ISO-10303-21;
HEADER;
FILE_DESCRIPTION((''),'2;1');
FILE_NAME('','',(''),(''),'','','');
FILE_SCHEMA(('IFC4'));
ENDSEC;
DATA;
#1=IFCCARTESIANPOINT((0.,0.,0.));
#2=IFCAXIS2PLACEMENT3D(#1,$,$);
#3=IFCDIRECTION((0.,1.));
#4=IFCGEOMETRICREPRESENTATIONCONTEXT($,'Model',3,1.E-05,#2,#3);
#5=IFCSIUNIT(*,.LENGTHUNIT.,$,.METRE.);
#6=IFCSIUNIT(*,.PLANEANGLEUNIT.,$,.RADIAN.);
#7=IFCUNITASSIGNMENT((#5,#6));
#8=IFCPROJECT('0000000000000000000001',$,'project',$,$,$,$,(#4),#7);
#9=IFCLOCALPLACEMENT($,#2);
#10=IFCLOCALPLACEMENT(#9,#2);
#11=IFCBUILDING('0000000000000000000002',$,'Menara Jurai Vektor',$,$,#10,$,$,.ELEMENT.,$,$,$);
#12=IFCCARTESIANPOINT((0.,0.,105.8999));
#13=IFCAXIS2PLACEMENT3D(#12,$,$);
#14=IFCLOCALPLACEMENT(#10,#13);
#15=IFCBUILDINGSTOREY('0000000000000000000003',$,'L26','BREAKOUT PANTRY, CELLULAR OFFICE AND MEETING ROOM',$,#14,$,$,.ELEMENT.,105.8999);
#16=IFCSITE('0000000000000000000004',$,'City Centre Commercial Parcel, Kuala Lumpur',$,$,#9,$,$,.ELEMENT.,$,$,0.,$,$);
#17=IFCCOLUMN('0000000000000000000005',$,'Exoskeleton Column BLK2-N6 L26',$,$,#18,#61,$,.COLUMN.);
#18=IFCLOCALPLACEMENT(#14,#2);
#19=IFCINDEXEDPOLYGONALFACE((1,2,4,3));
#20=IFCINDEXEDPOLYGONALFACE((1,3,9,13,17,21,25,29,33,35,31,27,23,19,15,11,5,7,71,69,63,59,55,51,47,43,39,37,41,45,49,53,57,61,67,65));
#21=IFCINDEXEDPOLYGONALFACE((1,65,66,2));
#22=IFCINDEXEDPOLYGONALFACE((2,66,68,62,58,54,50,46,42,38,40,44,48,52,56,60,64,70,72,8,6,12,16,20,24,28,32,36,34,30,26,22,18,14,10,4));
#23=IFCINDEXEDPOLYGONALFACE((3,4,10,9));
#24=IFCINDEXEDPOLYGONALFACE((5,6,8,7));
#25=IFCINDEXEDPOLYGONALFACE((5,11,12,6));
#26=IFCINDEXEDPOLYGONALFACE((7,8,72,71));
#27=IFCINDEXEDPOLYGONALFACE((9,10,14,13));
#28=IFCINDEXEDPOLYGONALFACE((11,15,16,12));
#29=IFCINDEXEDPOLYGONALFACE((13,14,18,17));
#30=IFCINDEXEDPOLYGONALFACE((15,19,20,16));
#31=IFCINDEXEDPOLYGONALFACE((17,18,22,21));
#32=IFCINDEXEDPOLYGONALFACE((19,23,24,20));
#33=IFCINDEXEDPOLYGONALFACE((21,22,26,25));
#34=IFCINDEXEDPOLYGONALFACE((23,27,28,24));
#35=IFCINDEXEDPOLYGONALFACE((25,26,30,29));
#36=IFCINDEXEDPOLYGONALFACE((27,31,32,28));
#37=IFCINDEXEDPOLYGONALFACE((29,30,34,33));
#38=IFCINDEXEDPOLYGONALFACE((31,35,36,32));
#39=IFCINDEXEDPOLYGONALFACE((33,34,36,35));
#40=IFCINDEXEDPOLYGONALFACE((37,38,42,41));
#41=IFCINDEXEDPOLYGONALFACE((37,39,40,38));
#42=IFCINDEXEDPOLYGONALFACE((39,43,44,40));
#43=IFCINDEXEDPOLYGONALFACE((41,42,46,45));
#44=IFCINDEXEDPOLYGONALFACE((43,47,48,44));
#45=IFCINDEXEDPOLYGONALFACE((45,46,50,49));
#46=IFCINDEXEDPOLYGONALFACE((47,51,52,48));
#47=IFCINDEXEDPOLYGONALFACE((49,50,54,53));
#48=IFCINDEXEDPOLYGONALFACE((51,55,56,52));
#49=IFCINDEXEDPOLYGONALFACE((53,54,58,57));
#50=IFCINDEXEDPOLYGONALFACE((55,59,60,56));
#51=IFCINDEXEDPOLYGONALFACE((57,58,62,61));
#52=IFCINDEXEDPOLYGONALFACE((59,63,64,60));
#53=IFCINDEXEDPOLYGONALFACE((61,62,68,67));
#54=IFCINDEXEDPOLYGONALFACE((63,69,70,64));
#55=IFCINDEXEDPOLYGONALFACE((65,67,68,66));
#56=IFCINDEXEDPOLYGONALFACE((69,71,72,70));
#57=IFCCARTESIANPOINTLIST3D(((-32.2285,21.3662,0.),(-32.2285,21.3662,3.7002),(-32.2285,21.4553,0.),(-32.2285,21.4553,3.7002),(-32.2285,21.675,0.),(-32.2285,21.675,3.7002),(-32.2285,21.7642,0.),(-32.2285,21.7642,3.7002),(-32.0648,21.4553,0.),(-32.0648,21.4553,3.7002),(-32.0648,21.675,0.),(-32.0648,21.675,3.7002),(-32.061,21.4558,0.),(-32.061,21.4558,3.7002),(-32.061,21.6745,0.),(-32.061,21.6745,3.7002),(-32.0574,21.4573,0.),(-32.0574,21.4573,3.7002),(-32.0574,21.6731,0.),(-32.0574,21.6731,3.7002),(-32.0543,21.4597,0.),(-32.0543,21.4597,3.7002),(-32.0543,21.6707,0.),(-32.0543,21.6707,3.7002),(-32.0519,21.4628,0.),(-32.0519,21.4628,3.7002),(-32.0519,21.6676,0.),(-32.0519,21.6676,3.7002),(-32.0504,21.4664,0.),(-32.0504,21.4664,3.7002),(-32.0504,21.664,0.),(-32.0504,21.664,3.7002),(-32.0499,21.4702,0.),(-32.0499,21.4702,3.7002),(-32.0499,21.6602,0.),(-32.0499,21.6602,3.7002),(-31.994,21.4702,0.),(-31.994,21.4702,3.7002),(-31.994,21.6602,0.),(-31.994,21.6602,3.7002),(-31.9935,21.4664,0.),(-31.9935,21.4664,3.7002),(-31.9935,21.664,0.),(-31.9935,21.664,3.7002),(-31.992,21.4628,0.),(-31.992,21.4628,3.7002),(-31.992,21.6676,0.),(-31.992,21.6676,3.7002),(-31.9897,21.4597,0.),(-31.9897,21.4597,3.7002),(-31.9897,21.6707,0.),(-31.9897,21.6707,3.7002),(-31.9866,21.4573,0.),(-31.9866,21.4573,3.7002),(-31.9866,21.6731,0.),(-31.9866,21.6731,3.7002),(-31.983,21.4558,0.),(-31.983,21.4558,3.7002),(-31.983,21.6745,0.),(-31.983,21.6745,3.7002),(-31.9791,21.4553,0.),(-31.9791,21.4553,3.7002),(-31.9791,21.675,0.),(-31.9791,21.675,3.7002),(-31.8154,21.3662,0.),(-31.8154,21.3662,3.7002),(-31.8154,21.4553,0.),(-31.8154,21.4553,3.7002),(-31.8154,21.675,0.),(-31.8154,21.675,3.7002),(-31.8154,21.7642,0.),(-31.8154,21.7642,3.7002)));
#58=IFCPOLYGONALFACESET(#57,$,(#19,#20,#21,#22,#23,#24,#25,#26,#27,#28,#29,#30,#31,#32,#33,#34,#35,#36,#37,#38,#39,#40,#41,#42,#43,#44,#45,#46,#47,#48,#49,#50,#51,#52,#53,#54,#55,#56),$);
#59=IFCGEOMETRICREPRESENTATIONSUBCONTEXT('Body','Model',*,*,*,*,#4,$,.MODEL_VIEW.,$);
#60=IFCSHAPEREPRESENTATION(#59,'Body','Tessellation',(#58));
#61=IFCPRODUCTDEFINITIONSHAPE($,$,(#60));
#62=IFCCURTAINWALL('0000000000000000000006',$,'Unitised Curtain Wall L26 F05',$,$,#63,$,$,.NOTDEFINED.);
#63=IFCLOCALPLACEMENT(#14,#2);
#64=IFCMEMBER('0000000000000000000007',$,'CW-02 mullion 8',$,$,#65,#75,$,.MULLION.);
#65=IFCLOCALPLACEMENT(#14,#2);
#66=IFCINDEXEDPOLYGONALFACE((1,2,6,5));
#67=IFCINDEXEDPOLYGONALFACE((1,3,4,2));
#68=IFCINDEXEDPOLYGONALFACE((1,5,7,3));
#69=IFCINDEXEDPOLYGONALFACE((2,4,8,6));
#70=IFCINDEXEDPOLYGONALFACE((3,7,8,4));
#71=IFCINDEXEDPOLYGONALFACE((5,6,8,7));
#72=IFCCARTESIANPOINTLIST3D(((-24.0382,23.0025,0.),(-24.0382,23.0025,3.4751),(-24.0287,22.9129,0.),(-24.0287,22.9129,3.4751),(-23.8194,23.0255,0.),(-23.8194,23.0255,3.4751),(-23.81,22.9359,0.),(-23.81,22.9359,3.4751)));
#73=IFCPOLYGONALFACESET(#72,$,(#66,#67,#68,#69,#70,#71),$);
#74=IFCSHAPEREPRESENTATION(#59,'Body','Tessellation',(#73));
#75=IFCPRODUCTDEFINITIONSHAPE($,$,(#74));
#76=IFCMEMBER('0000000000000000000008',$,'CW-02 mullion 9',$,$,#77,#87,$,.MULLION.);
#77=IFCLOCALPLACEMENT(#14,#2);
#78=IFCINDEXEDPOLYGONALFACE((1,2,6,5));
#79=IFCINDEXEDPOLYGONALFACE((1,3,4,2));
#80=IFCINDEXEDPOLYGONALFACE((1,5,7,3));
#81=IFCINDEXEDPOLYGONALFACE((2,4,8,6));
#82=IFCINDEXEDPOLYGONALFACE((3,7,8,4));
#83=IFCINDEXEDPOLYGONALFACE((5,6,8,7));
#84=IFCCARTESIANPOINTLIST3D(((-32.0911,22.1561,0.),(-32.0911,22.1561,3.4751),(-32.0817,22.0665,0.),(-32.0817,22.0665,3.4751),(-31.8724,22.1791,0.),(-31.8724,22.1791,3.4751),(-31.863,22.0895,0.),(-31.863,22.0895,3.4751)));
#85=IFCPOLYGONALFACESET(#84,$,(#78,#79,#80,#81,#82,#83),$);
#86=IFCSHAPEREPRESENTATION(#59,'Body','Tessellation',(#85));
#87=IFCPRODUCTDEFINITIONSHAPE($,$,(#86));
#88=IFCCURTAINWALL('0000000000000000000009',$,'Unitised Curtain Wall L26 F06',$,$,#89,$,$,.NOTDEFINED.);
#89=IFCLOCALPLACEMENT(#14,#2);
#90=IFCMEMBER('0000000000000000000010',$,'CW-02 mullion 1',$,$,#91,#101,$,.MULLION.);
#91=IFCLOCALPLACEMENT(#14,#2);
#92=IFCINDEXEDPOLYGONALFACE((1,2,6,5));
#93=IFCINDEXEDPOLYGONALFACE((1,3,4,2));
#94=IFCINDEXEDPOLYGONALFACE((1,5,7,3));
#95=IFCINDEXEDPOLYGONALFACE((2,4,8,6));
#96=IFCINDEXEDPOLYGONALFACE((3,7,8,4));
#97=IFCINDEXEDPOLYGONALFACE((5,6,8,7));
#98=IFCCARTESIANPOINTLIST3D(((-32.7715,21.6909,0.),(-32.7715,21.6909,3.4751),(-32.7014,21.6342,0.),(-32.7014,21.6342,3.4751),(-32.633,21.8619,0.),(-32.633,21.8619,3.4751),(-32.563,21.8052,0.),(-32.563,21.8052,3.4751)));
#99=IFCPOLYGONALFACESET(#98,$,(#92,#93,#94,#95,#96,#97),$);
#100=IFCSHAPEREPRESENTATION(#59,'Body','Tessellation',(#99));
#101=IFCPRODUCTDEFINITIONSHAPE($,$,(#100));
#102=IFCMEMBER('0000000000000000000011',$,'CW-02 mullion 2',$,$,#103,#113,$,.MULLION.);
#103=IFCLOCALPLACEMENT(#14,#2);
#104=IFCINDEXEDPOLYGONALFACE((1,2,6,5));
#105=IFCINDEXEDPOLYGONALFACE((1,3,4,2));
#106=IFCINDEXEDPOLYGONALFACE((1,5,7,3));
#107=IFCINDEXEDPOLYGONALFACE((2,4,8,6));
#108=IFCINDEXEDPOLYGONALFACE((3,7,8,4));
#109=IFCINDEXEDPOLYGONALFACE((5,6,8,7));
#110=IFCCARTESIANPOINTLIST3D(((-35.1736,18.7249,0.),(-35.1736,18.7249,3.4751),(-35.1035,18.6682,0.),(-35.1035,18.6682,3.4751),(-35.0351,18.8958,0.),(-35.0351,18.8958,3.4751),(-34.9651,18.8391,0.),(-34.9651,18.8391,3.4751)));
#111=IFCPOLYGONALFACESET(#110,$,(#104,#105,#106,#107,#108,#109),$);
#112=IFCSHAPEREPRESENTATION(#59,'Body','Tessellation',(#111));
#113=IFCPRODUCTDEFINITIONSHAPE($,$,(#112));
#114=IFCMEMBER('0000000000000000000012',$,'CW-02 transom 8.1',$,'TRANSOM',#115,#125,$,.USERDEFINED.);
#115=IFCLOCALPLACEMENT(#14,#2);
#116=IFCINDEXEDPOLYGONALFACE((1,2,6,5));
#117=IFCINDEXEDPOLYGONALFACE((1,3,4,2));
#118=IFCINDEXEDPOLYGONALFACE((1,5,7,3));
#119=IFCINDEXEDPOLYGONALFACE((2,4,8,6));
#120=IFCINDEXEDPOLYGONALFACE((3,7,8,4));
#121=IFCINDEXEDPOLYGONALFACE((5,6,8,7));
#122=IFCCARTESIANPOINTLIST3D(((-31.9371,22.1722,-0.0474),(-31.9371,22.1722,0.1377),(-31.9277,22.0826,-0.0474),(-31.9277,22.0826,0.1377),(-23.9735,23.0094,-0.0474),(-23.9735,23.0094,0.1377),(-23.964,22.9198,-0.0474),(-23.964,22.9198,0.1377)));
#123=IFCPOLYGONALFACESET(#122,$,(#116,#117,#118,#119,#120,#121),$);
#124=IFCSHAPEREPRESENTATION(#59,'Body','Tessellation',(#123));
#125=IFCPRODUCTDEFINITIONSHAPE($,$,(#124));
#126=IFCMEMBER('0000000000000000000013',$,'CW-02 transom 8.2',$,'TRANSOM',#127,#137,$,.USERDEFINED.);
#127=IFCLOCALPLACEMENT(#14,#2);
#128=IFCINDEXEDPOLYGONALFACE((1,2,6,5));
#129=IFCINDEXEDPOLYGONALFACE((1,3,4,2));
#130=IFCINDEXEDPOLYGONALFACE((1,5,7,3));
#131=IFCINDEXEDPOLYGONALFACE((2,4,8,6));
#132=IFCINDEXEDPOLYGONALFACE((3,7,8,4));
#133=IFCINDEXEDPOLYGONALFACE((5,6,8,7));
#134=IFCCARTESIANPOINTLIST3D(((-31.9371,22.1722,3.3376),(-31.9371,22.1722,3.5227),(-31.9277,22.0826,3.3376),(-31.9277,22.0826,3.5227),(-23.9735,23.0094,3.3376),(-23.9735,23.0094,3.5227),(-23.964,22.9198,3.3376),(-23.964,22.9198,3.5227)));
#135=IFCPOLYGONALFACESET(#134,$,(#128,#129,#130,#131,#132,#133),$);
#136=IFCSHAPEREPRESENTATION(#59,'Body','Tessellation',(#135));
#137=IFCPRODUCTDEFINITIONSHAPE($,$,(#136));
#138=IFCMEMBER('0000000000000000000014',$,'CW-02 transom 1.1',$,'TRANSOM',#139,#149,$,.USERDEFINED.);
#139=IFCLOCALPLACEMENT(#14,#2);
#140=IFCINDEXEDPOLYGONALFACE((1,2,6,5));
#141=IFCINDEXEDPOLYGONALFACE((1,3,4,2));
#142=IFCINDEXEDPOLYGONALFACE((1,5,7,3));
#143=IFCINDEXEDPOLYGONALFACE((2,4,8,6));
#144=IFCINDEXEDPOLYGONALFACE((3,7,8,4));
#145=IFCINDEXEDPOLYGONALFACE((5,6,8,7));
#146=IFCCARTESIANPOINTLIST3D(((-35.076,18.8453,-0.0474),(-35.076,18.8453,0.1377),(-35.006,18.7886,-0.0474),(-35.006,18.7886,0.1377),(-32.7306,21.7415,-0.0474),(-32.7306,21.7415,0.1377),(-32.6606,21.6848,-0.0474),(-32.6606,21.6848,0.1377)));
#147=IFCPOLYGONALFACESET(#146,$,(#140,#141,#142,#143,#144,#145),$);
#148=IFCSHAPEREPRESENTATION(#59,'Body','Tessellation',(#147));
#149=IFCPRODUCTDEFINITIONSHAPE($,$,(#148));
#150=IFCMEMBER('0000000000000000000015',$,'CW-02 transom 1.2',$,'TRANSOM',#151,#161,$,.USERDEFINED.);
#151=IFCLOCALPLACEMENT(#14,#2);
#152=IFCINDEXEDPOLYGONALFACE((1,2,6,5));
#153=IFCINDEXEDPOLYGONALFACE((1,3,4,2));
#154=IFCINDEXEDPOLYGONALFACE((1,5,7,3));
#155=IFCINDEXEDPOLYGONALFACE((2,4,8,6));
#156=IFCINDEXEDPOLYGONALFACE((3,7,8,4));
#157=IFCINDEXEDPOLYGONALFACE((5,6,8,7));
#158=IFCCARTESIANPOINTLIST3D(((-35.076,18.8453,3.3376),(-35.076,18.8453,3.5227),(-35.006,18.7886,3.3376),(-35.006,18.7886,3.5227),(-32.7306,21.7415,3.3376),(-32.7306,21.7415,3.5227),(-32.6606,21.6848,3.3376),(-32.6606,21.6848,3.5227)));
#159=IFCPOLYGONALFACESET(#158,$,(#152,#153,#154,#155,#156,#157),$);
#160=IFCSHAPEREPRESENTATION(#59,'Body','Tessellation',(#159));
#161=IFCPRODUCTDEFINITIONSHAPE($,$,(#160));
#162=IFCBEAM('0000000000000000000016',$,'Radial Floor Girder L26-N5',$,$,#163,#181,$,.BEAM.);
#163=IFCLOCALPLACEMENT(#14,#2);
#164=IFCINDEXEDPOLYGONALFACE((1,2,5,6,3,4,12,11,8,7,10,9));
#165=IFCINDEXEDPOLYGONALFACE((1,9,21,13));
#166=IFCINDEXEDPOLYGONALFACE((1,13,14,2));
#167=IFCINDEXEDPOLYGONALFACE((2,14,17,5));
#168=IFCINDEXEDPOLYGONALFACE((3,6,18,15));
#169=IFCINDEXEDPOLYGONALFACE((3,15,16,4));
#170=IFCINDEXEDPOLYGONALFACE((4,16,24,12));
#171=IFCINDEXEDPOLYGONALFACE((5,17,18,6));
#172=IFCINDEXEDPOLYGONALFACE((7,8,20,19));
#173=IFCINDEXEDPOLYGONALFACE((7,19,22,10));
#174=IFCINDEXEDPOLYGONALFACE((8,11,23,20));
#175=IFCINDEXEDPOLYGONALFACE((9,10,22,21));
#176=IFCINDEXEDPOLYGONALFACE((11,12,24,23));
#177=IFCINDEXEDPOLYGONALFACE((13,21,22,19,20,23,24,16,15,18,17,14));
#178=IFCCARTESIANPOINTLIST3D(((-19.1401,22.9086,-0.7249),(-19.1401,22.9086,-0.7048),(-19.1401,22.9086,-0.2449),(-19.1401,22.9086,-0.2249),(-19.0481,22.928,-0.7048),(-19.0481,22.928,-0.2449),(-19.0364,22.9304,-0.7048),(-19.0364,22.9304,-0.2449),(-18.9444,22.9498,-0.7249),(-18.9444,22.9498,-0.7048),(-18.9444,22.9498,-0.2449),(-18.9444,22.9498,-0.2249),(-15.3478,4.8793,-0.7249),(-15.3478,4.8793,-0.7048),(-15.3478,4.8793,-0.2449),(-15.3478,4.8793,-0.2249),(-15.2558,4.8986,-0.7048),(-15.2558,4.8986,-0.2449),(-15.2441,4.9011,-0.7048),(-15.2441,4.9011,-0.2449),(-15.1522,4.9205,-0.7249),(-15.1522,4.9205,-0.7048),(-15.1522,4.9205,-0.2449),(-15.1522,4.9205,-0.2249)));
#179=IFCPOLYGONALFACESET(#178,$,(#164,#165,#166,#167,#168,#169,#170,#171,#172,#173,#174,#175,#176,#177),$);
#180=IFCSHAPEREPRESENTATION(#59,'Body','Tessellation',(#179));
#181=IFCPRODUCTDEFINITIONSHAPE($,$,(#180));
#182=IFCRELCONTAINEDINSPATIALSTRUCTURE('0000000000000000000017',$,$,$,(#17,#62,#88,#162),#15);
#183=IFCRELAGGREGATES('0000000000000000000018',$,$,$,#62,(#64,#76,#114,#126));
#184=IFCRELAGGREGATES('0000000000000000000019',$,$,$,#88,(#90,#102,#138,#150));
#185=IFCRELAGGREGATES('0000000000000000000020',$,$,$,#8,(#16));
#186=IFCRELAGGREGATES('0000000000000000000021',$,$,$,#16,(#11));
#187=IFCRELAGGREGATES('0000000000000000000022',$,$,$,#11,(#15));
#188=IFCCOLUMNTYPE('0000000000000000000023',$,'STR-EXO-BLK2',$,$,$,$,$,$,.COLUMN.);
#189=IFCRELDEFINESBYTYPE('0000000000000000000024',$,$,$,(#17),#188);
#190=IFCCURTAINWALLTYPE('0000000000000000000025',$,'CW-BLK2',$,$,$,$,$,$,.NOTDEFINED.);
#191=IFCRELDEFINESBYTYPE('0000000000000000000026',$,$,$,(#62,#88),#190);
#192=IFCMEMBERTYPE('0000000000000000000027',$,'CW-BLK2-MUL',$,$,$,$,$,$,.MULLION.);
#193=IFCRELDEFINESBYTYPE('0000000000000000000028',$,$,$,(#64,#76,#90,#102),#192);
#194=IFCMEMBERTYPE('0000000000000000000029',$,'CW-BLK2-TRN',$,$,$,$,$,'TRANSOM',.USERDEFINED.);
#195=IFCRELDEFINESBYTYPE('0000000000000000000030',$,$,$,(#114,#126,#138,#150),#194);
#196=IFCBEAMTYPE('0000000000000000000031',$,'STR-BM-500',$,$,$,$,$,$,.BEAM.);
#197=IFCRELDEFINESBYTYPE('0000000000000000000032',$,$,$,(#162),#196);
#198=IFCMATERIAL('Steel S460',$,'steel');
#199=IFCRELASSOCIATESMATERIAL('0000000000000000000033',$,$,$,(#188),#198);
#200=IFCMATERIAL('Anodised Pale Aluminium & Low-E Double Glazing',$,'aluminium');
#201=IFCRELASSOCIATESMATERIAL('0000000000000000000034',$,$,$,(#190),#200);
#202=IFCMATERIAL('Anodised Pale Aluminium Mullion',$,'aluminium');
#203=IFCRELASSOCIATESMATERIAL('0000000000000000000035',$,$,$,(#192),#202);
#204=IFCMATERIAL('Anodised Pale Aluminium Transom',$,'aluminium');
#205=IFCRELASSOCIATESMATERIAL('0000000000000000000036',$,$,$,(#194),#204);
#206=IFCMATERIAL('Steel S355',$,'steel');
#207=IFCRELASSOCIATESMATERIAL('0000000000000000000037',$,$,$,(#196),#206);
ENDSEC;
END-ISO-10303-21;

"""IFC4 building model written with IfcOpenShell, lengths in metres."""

from ifc_helpers import new_model, si_unit, direction, frame, origin, origin_2d, place, context, subcontext, project, spatial, rectangle, i_section, extrude, material, material_profile, profile_set, type_object, element, aggregate, save


model = new_model("IFC4")

# Units and contexts
model_context = context("Model", 3, precision=1e-05, world=origin(), true_north=direction((0.0, 1.0)))
body_context = subcontext(model_context, "Body", "Model", "MODEL_VIEW")
ifc_project = project(units=[si_unit("LENGTHUNIT", "METRE"), si_unit("PLANEANGLEUNIT", "RADIAN")], contexts=[model_context])

# Site, building, storey
site_placement = place(None, origin())
site = spatial("IfcSite", under=ifc_project, at=site_placement, Name="City Centre Commercial Parcel, Kuala Lumpur", CompositionType="ELEMENT", RefElevation=0.0)
building_placement = place(site_placement, origin())
building = spatial("IfcBuilding", under=site, at=building_placement, Name="Menara Jurai Vektor", CompositionType="ELEMENT")
storey_placement = place(building_placement, frame((0.0, 0.0, 105.8999)))
storey = spatial("IfcBuildingStorey", under=building, at=storey_placement, Name="L26", Description="BREAKOUT PANTRY, CELLULAR OFFICE AND MEETING ROOM", CompositionType="ELEMENT", Elevation=105.8999)

# Column
ifc_material_1 = material(Name="Steel S460", Category="steel")
ifc_material_profile_1 = material_profile(ifc_material_1, i_section(OverallWidth=0.4131, OverallDepth=0.3979, WebThickness=0.0559, FlangeThickness=0.0891, FilletRadius=0.0149, at=origin_2d()), Name="HD 400x744")
ifc_profile_set_1 = profile_set([ifc_material_profile_1], Name="Steel S460")
column_type = type_object("IfcColumnType", Name="STR-EXO-BLK2", PredefinedType="COLUMN", material=ifc_profile_set_1)
column_placement = place(storey_placement, frame((-32.022, 21.5652, 0.0), z_axis=(0.0, 0.0, 1.0), x_axis=(1.0, 0.0, 0.0)))
element("IfcColumn", 1, at=column_placement, inside=storey, type_object=column_type, Name="Exoskeleton Column BLK2-N6 L26", PredefinedType="COLUMN", context=body_context, shape_type="SweptSolid", body=[
    extrude(i_section(OverallWidth=0.4131, OverallDepth=0.3979, WebThickness=0.0559, FlangeThickness=0.0891, FilletRadius=0.0149, at=origin_2d()), origin(), (0.0, 0.0, 1.0), 3.7002),
])

# Curtain walls, members
ifc_material_2 = material(Name="Anodised Pale Aluminium & Low-E Double Glazing", Category="aluminium")
curtain_wall_type = type_object("IfcCurtainWallType", Name="CW-BLK2", PredefinedType="NOTDEFINED", material=ifc_material_2)
curtain_wall_1_placement = place(storey_placement, origin())
curtain_wall_1 = element("IfcCurtainWall", 2, at=curtain_wall_1_placement, inside=storey, type_object=curtain_wall_type, Name="Unitised Curtain Wall L26 F05", PredefinedType="NOTDEFINED")
ifc_material_3 = material(Name="Anodised Pale Aluminium Mullion", Category="aluminium")
ifc_material_profile_2 = material_profile(ifc_material_3, rectangle(XDim=0.0901, YDim=0.22, at=origin_2d()), Name="ALU MUL 90x220")
ifc_profile_set_2 = profile_set([ifc_material_profile_2], Name="Anodised Pale Aluminium Mullion")
member_type_1 = type_object("IfcMemberType", Name="CW-BLK2-MUL", PredefinedType="MULLION", material=ifc_profile_set_2)
member_1_placement = place(storey_placement, frame((-23.9241, 22.9692, 0.0), z_axis=(0.0, 0.0, 1.0), x_axis=(0.104529, -0.994522, 0.0)))
member_1 = element("IfcMember", 3, at=member_1_placement, type_object=member_type_1, Name="CW-02 mullion 8", PredefinedType="MULLION", context=body_context, shape_type="SweptSolid", body=[
    extrude(rectangle(XDim=0.0901, YDim=0.22, at=origin_2d()), origin(), (0.0, 0.0, 1.0), 3.4751),
])
member_2_placement = place(storey_placement, frame((-31.9771, 22.1228, 0.0), z_axis=(0.0, 0.0, 1.0), x_axis=(0.104529, -0.994522, 0.0)))
member_2 = element("IfcMember", 4, at=member_2_placement, type_object=member_type_1, Name="CW-02 mullion 9", PredefinedType="MULLION", context=body_context, shape_type="SweptSolid", body=[
    extrude(rectangle(XDim=0.0901, YDim=0.22, at=origin_2d()), origin(), (0.0, 0.0, 1.0), 3.4751),
])
curtain_wall_2_placement = place(storey_placement, origin())
curtain_wall_2 = element("IfcCurtainWall", 5, at=curtain_wall_2_placement, inside=storey, type_object=curtain_wall_type, Name="Unitised Curtain Wall L26 F06", PredefinedType="NOTDEFINED")
member_3_placement = place(storey_placement, frame((-32.6672, 21.748, 0.0), z_axis=(0.0, 0.0, 1.0), x_axis=(0.777129, -0.629341, 0.0)))
member_3 = element("IfcMember", 6, at=member_3_placement, type_object=member_type_1, Name="CW-02 mullion 1", PredefinedType="MULLION", context=body_context, shape_type="SweptSolid", body=[
    extrude(rectangle(XDim=0.0901, YDim=0.22, at=origin_2d()), origin(), (0.0, 0.0, 1.0), 3.4751),
])
member_4_placement = place(storey_placement, frame((-35.0693, 18.782, 0.0), z_axis=(0.0, 0.0, 1.0), x_axis=(0.777129, -0.629341, 0.0)))
member_4 = element("IfcMember", 7, at=member_4_placement, type_object=member_type_1, Name="CW-02 mullion 2", PredefinedType="MULLION", context=body_context, shape_type="SweptSolid", body=[
    extrude(rectangle(XDim=0.0901, YDim=0.22, at=origin_2d()), origin(), (0.0, 0.0, 1.0), 3.4751),
])

# Members
ifc_material_4 = material(Name="Anodised Pale Aluminium Transom", Category="aluminium")
ifc_material_profile_3 = material_profile(ifc_material_4, rectangle(XDim=0.0901, YDim=0.1851, at=origin_2d()), Name="ALU TRN 90x185")
ifc_profile_set_3 = profile_set([ifc_material_profile_3], Name="Anodised Pale Aluminium Transom")
member_type_2 = type_object("IfcMemberType", Name="CW-BLK2-TRN", ElementType="TRANSOM", PredefinedType="USERDEFINED", material=ifc_profile_set_3)
member_5_placement = place(storey_placement, frame((-23.9688, 22.9646, 0.0452), z_axis=(-0.99452, -0.104547, 0.0), x_axis=(0.104547, -0.99452, 0.0)))
member_5 = element("IfcMember", 8, at=member_5_placement, type_object=member_type_2, Name="CW-02 transom 8.1", ObjectType="TRANSOM", PredefinedType="USERDEFINED", context=body_context, shape_type="SweptSolid", body=[
    extrude(rectangle(XDim=0.0901, YDim=0.1851, at=origin_2d()), origin(), (0.0, 0.0, 1.0), 8.0076),
])
member_6_placement = place(storey_placement, frame((-23.9688, 22.9646, 3.4302), z_axis=(-0.99452, -0.104547, 0.0), x_axis=(0.104547, -0.99452, 0.0)))
member_6 = element("IfcMember", 9, at=member_6_placement, type_object=member_type_2, Name="CW-02 transom 8.2", ObjectType="TRANSOM", PredefinedType="USERDEFINED", context=body_context, shape_type="SweptSolid", body=[
    extrude(rectangle(XDim=0.0901, YDim=0.1851, at=origin_2d()), origin(), (0.0, 0.0, 1.0), 8.0076),
])
member_7_placement = place(storey_placement, frame((-32.6956, 21.7131, 0.0452), z_axis=(-0.629341, -0.777129, 0.0), x_axis=(0.777129, -0.629341, 0.0)))
member_7 = element("IfcMember", 10, at=member_7_placement, type_object=member_type_2, Name="CW-02 transom 1.1", ObjectType="TRANSOM", PredefinedType="USERDEFINED", context=body_context, shape_type="SweptSolid", body=[
    extrude(rectangle(XDim=0.0901, YDim=0.1851, at=origin_2d()), origin(), (0.0, 0.0, 1.0), 3.7268),
])
member_8_placement = place(storey_placement, frame((-32.6956, 21.7131, 3.4302), z_axis=(-0.629341, -0.777129, 0.0), x_axis=(0.777129, -0.629341, 0.0)))
member_8 = element("IfcMember", 11, at=member_8_placement, type_object=member_type_2, Name="CW-02 transom 1.2", ObjectType="TRANSOM", PredefinedType="USERDEFINED", context=body_context, shape_type="SweptSolid", body=[
    extrude(rectangle(XDim=0.0901, YDim=0.1851, at=origin_2d()), origin(), (0.0, 0.0, 1.0), 3.7268),
])

# Beam
ifc_material_5 = material(Name="Steel S355", Category="steel")
ifc_material_profile_4 = material_profile(ifc_material_5, i_section(OverallWidth=0.2, OverallDepth=0.5, WebThickness=0.012, FlangeThickness=0.02, at=origin_2d()), Name="PG 500x200x96")
ifc_profile_set_4 = profile_set([ifc_material_profile_4], Name="Steel S355")
beam_type_1 = type_object("IfcBeamType", Name="STR-BM-500", PredefinedType="BEAM", material=ifc_profile_set_4)
beam_1_placement = place(storey_placement, frame((-19.0422, 22.9292, -0.4749), z_axis=(0.205833, -0.978587, 0.0), x_axis=(0.978587, 0.205833, 0.0)))
element("IfcBeam", 12, at=beam_1_placement, inside=storey, type_object=beam_type_1, Name="Radial Floor Girder L26-N5", PredefinedType="BEAM", context=body_context, shape_type="SweptSolid", body=[
    extrude(i_section(OverallWidth=0.2, OverallDepth=0.5, WebThickness=0.012, FlangeThickness=0.02, at=origin_2d()), origin(), (0.0, 0.0, 1.0), 18.4238),
])

aggregate(curtain_wall_1, [member_1, member_2, member_5, member_6])
aggregate(curtain_wall_2, [member_3, member_4, member_7, member_8])

save(model, "model.ifc")
